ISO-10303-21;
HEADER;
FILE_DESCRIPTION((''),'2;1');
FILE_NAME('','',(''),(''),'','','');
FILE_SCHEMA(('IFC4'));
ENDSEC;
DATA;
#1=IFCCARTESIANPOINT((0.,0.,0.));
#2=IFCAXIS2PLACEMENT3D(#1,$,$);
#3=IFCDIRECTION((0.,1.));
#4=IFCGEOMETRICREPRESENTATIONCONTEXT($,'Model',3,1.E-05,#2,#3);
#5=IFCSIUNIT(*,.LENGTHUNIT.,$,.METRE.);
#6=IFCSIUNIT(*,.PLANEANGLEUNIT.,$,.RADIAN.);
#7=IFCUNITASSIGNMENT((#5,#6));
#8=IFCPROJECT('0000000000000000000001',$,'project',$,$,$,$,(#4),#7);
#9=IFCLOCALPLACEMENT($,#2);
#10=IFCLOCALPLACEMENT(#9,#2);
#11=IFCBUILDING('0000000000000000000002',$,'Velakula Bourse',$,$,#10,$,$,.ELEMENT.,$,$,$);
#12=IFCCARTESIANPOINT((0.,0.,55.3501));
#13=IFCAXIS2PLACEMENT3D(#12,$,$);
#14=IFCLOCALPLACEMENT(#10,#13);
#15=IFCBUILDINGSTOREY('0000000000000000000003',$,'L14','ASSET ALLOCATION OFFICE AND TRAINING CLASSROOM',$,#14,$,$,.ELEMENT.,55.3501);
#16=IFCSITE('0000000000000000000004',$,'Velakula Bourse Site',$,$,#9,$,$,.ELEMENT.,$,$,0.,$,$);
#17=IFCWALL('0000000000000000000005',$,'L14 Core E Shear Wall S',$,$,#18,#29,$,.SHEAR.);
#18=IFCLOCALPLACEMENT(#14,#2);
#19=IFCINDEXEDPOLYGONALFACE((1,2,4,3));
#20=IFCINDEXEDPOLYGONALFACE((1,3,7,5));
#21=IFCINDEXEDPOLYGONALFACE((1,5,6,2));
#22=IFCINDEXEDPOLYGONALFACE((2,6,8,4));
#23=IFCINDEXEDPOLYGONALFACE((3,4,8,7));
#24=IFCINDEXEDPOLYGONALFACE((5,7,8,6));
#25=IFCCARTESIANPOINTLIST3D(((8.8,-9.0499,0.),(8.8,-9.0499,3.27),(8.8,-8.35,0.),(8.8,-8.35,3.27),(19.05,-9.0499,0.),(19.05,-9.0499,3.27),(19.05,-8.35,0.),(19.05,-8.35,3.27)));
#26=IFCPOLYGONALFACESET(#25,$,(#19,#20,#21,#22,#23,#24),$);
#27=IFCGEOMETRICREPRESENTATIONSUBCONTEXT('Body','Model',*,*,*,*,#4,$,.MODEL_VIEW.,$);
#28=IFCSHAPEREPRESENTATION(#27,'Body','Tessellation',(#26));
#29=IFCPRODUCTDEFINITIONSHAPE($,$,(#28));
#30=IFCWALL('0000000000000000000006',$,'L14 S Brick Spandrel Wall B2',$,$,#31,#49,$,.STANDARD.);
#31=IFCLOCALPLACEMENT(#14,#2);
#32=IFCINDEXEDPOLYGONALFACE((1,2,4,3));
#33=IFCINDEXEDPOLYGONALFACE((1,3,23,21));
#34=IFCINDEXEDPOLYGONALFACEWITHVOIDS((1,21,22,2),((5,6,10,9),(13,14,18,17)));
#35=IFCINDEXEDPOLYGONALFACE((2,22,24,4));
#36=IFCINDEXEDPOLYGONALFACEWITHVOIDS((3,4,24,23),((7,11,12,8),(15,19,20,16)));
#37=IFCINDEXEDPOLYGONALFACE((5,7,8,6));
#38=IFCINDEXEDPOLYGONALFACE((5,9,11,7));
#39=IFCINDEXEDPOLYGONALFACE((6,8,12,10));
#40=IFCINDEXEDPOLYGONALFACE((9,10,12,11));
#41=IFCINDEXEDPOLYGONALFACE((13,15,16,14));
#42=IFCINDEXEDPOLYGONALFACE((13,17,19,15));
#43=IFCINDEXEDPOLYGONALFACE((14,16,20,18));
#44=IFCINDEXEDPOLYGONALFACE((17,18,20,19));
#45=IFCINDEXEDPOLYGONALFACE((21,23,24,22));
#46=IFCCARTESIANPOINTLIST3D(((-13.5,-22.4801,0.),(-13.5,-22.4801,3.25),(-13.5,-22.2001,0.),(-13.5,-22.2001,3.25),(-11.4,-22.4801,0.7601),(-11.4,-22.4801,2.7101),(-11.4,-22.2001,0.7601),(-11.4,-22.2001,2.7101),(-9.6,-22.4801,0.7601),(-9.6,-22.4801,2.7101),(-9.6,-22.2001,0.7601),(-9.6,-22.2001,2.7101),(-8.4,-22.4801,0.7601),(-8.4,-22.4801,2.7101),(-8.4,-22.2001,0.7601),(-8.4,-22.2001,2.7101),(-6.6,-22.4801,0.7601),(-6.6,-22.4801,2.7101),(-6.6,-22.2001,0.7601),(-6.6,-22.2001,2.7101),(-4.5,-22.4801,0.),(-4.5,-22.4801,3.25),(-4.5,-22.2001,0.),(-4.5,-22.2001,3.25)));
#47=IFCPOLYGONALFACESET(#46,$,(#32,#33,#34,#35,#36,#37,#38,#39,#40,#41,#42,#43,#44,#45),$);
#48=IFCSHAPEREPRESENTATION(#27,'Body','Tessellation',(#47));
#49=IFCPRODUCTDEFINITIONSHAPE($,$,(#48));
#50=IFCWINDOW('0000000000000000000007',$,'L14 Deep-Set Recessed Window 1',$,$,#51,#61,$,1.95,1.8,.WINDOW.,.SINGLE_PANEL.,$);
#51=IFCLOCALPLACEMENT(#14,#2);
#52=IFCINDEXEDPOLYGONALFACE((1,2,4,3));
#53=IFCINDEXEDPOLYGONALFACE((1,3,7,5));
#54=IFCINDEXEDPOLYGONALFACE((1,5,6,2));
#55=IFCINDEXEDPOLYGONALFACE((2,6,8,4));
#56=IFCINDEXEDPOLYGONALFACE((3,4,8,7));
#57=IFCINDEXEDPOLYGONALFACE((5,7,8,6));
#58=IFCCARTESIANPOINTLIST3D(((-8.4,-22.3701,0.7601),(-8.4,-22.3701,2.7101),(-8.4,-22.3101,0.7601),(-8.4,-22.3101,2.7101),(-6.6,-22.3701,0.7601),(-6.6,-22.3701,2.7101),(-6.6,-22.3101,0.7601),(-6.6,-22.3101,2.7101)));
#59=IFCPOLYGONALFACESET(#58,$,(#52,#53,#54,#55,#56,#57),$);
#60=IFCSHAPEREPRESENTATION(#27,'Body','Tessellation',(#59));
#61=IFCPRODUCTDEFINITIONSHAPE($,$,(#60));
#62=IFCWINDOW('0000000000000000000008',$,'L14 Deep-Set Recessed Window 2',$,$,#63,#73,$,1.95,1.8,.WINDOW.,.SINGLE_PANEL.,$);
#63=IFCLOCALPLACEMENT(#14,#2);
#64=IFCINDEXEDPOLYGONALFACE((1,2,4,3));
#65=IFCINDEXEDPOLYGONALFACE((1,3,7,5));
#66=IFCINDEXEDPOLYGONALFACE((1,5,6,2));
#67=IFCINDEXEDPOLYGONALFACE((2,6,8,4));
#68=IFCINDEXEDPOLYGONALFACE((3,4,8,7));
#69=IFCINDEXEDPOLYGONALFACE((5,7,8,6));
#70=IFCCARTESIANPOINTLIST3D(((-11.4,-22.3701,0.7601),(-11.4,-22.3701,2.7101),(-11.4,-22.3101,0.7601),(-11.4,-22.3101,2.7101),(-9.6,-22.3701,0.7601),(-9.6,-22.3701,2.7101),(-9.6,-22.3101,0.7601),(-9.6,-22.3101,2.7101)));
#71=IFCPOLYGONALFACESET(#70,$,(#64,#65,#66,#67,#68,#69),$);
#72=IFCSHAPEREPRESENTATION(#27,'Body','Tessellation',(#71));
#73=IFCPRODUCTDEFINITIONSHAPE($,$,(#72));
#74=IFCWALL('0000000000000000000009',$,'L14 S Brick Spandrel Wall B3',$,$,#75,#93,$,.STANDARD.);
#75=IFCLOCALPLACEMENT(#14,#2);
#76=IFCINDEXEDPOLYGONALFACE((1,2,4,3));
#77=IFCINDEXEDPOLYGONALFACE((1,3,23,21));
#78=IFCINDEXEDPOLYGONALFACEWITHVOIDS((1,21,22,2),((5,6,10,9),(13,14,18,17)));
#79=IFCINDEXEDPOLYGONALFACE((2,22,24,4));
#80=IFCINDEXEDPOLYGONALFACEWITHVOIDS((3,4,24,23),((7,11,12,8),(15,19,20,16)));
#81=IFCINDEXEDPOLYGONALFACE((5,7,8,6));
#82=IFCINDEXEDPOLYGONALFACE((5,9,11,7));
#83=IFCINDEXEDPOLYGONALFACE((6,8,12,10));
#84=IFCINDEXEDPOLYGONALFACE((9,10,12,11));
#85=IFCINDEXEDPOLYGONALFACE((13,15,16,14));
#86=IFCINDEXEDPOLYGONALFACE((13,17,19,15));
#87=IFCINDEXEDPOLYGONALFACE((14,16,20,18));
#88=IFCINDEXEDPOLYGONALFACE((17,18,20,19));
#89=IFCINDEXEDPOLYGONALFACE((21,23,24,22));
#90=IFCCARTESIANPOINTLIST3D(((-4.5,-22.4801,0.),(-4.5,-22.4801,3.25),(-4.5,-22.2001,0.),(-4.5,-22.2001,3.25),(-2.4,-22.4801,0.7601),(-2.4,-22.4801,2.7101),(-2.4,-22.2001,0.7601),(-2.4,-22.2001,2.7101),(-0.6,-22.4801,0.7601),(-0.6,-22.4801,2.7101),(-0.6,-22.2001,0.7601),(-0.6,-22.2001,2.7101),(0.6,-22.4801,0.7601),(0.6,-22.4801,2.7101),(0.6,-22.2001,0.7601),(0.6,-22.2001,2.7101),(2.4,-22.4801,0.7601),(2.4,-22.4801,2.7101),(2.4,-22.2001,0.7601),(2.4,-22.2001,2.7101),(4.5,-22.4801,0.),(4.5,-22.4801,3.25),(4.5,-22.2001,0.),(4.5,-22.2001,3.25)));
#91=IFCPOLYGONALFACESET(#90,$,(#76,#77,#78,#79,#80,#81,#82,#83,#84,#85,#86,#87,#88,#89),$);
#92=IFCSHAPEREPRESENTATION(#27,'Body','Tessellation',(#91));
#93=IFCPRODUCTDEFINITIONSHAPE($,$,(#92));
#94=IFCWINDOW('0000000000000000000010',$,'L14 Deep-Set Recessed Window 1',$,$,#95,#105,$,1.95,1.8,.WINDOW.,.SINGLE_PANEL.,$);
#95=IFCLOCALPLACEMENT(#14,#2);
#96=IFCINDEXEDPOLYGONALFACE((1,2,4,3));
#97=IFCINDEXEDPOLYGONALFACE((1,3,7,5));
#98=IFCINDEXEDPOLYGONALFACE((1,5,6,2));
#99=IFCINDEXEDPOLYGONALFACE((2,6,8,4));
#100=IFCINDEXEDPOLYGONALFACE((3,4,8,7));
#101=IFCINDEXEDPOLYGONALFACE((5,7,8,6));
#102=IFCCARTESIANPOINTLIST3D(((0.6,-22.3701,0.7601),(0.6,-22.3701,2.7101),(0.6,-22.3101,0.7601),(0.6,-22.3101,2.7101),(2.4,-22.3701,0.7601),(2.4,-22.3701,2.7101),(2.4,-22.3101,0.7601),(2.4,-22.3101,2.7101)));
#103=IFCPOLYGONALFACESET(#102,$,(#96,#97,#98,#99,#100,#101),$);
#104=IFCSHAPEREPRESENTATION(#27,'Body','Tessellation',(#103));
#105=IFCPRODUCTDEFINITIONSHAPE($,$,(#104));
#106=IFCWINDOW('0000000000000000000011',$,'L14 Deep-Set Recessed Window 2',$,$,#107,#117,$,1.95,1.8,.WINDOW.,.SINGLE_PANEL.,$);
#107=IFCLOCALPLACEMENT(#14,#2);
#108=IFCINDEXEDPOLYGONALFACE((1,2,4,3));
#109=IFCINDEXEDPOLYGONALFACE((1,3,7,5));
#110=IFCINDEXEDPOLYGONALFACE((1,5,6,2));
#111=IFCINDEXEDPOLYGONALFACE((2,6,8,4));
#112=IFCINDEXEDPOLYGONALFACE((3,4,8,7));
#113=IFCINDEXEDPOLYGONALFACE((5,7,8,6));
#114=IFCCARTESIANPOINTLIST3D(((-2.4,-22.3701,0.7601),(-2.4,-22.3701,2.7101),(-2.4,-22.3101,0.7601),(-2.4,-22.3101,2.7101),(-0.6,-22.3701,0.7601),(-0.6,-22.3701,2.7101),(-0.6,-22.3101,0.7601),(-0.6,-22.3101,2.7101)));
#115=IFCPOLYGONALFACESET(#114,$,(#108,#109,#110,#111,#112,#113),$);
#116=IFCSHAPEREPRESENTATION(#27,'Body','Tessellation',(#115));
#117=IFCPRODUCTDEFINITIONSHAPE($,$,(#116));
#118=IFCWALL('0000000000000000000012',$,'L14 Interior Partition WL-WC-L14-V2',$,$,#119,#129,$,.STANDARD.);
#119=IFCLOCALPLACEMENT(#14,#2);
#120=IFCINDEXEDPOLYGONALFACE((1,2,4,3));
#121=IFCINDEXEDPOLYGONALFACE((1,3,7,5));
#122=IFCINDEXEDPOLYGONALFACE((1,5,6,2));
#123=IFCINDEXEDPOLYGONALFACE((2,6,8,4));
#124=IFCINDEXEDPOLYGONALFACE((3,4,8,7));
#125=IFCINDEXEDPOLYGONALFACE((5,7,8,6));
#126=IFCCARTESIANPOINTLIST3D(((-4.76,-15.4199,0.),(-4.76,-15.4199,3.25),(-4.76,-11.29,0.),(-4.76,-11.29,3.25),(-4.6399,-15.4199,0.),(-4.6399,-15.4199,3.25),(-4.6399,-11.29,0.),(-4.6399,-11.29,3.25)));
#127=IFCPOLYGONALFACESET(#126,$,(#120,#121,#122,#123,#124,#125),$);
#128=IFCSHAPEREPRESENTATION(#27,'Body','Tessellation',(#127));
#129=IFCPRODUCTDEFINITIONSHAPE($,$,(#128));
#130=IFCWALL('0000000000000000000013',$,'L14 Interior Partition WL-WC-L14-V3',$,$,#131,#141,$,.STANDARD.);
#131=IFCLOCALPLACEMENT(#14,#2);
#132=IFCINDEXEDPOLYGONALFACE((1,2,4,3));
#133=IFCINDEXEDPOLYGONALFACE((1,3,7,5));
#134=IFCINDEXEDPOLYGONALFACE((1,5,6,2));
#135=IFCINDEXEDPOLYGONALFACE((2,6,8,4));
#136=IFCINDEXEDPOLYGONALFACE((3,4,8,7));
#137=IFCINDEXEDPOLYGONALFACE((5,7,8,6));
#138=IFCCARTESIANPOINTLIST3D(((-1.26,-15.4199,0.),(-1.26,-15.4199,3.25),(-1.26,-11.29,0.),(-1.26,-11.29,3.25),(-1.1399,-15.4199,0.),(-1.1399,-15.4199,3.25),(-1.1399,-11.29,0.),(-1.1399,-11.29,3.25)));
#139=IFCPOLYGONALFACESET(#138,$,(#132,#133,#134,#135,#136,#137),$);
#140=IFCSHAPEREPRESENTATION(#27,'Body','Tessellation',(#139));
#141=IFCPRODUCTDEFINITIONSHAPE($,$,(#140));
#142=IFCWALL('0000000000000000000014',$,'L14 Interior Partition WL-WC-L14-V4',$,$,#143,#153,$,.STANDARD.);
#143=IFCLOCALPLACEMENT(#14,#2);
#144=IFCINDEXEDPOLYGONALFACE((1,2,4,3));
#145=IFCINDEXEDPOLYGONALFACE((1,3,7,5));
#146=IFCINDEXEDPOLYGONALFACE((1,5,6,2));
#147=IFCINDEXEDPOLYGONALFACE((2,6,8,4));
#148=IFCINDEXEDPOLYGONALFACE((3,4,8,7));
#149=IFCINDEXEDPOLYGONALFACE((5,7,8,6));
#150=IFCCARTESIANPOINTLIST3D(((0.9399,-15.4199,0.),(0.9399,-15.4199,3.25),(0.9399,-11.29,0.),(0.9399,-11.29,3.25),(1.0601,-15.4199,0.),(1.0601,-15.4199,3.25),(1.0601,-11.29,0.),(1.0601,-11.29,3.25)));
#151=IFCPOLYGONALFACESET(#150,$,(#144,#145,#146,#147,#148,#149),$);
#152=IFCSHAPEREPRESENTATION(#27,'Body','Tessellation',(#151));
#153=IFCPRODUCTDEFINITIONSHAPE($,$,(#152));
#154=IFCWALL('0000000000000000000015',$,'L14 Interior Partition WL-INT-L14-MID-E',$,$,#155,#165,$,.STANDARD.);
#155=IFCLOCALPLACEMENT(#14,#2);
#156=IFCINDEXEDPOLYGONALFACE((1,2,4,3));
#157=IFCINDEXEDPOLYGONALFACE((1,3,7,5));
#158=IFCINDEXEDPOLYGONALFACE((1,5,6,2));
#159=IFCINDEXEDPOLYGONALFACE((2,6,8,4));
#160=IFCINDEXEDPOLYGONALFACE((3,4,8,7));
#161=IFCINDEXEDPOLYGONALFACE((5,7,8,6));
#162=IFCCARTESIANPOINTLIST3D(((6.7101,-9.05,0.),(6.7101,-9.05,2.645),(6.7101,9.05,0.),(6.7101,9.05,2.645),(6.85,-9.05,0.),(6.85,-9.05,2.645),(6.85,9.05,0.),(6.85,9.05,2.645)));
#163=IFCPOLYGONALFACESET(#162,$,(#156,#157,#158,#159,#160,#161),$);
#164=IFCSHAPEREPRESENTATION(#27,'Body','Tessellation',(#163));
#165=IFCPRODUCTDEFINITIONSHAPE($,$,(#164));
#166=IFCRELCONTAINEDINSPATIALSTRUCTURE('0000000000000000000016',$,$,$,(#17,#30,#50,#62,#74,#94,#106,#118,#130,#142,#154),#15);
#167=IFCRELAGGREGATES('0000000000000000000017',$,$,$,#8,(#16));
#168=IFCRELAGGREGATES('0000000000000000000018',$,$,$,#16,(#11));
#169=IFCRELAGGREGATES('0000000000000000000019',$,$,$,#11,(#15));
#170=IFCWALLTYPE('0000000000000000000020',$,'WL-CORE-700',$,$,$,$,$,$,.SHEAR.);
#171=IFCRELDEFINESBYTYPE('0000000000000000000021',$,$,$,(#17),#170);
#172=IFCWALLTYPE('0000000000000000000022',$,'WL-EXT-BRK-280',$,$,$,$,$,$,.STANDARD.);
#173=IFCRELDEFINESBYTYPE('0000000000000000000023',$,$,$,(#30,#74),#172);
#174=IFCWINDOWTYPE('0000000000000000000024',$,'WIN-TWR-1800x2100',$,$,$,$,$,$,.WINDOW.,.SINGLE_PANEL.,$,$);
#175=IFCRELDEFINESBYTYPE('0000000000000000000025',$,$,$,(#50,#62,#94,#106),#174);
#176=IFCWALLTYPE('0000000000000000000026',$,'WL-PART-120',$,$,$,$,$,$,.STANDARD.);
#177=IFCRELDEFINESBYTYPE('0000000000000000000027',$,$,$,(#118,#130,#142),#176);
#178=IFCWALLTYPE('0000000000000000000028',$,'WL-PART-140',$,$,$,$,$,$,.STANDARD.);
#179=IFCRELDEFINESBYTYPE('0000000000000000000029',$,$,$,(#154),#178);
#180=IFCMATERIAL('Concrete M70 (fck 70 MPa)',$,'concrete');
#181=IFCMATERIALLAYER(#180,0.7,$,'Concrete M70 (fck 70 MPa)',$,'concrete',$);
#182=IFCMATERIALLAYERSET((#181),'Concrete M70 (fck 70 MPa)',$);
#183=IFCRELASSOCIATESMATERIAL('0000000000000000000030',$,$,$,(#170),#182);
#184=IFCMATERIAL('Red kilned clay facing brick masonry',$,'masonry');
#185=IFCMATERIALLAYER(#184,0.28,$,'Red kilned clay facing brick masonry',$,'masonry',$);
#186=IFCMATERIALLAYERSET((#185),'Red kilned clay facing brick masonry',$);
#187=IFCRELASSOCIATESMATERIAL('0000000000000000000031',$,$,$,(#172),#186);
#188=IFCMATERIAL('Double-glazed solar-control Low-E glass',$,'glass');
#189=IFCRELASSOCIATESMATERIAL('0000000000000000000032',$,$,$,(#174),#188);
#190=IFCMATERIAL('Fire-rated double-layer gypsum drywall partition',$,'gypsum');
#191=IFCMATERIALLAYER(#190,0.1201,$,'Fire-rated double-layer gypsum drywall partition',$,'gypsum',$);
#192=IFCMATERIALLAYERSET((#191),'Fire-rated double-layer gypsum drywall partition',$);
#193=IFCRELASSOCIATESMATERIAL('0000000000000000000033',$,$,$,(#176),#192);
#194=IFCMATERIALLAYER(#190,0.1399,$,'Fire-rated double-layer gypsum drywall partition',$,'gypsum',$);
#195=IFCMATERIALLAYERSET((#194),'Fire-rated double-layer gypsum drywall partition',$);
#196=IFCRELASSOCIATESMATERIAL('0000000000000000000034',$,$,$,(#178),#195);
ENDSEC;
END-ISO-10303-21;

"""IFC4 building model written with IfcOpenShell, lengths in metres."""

from ifc_helpers import new_model, si_unit, direction, frame, frame_2d, origin, place, context, subcontext, project, spatial, rectangle, extrude, material, layer, layer_set, type_object, element, fill, save


model = new_model("IFC4")

# Units and contexts
model_context = context("Model", 3, precision=1e-05, world=origin(), true_north=direction((0.0, 1.0)))
body_context = subcontext(model_context, "Body", "Model", "MODEL_VIEW")
ifc_project = project(units=[si_unit("LENGTHUNIT", "METRE"), si_unit("PLANEANGLEUNIT", "RADIAN")], contexts=[model_context])

# Site, building, storey
site_placement = place(None, origin())
site = spatial("IfcSite", under=ifc_project, at=site_placement, Name="Velakula Bourse Site", CompositionType="ELEMENT", RefElevation=0.0)
building_placement = place(site_placement, origin())
building = spatial("IfcBuilding", under=site, at=building_placement, Name="Velakula Bourse", CompositionType="ELEMENT")
storey_placement = place(building_placement, frame((0.0, 0.0, 55.3501)))
storey = spatial("IfcBuildingStorey", under=building, at=storey_placement, Name="L14", Description="ASSET ALLOCATION OFFICE AND TRAINING CLASSROOM", CompositionType="ELEMENT", Elevation=55.3501)

# Shared definitions
ifc_material_1 = material(Name="Concrete M70 (fck 70 MPa)", Category="concrete")

# Wall
ifc_layer_1 = layer(ifc_material_1, 0.7, Name="Concrete M70 (fck 70 MPa)", Category="concrete")
ifc_layer_set_1 = layer_set([ifc_layer_1], Name="Concrete M70 (fck 70 MPa)")
wall_type_1 = type_object("IfcWallType", Name="WL-CORE-700", PredefinedType="SHEAR", material=ifc_layer_set_1)
wall_1_placement = place(storey_placement, frame((8.8, -8.7, 0.0), z_axis=(0.0, 0.0, 1.0), x_axis=(1.0, 0.0, 0.0)))
element("IfcWall", 1, at=wall_1_placement, inside=storey, type_object=wall_type_1, Name="L14 Core E Shear Wall S", PredefinedType="SHEAR", context=body_context, shape_type="SweptSolid", body=[
    extrude(rectangle(XDim=10.25, YDim=0.7, at=frame_2d((5.125, 0.0))), origin(), (0.0, 0.0, 1.0), 3.27),
])

# Walls, openings, windows
ifc_material_2 = material(Name="Red kilned clay facing brick masonry", Category="masonry")
ifc_layer_2 = layer(ifc_material_2, 0.28, Name="Red kilned clay facing brick masonry", Category="masonry")
ifc_layer_set_2 = layer_set([ifc_layer_2], Name="Red kilned clay facing brick masonry")
wall_type_2 = type_object("IfcWallType", Name="WL-EXT-BRK-280", PredefinedType="STANDARD", material=ifc_layer_set_2)
wall_2_placement = place(storey_placement, frame((-4.5, -22.3401, 0.0), z_axis=(0.0, 0.0, 1.0), x_axis=(-1.0, 0.0, 0.0)))
wall_2 = element("IfcWall", 2, at=wall_2_placement, inside=storey, type_object=wall_type_2, Name="L14 S Brick Spandrel Wall B2", PredefinedType="STANDARD", context=body_context, shape_type="SweptSolid", body=[
    extrude(rectangle(XDim=9.0, YDim=0.28, at=frame_2d((4.5, 0.0))), origin(), (0.0, 0.0, 1.0), 3.25),
])
opening_1_placement = place(wall_2_placement, frame((2.1001, 0.0, 0.76)))
opening_1 = element("IfcOpeningElement", 3, at=opening_1_placement, cuts=wall_2, PredefinedType="OPENING", context=body_context, shape_type="SweptSolid", body=[
    extrude(rectangle(XDim=1.8, YDim=1.95, at=frame_2d((0.8999, 0.9751))), frame((0.0, 0.1499, 0.0), z_axis=(0.0, -1.0, 0.0), x_axis=(1.0, 0.0, 0.0)), (0.0, 0.0, 1.0), 0.3),
])
opening_2_placement = place(wall_2_placement, frame((5.1001, 0.0, 0.76)))
opening_2 = element("IfcOpeningElement", 4, at=opening_2_placement, cuts=wall_2, PredefinedType="OPENING", context=body_context, shape_type="SweptSolid", body=[
    extrude(rectangle(XDim=1.8, YDim=1.95, at=frame_2d((0.8999, 0.9751))), frame((0.0, 0.1499, 0.0), z_axis=(0.0, -1.0, 0.0), x_axis=(1.0, 0.0, 0.0)), (0.0, 0.0, 1.0), 0.3),
])
ifc_material_3 = material(Name="Double-glazed solar-control Low-E glass", Category="glass")
window_type = type_object("IfcWindowType", Name="WIN-TWR-1800x2100", PartitioningType="SINGLE_PANEL", PredefinedType="WINDOW", material=ifc_material_3)
window_1_placement = place(opening_1_placement, origin())
window_1 = element("IfcWindow", 5, at=window_1_placement, inside=storey, type_object=window_type, Name="L14 Deep-Set Recessed Window 1", OverallHeight=1.95, OverallWidth=1.8, PartitioningType="SINGLE_PANEL", PredefinedType="WINDOW", context=body_context, shape_type="SweptSolid", body=[
    extrude(rectangle(XDim=1.8, YDim=1.95, at=frame_2d((0.8999, 0.9751))), frame((0.0, 0.03, 0.0), z_axis=(0.0, -1.0, 0.0), x_axis=(1.0, 0.0, 0.0)), (0.0, 0.0, 1.0), 0.0601),
])
fill(opening_1, window_1)
window_2_placement = place(opening_2_placement, origin())
window_2 = element("IfcWindow", 6, at=window_2_placement, inside=storey, type_object=window_type, Name="L14 Deep-Set Recessed Window 2", OverallHeight=1.95, OverallWidth=1.8, PartitioningType="SINGLE_PANEL", PredefinedType="WINDOW", context=body_context, shape_type="SweptSolid", body=[
    extrude(rectangle(XDim=1.8, YDim=1.95, at=frame_2d((0.8999, 0.9751))), frame((0.0, 0.03, 0.0), z_axis=(0.0, -1.0, 0.0), x_axis=(1.0, 0.0, 0.0)), (0.0, 0.0, 1.0), 0.0601),
])
fill(opening_2, window_2)
wall_3_placement = place(storey_placement, frame((4.5, -22.3401, 0.0), z_axis=(0.0, 0.0, 1.0), x_axis=(-1.0, 0.0, 0.0)))
wall_3 = element("IfcWall", 7, at=wall_3_placement, inside=storey, type_object=wall_type_2, Name="L14 S Brick Spandrel Wall B3", PredefinedType="STANDARD", context=body_context, shape_type="SweptSolid", body=[
    extrude(rectangle(XDim=9.0, YDim=0.28, at=frame_2d((4.5, 0.0))), origin(), (0.0, 0.0, 1.0), 3.25),
])
opening_3_placement = place(wall_3_placement, frame((2.1001, 0.0, 0.76)))
opening_3 = element("IfcOpeningElement", 8, at=opening_3_placement, cuts=wall_3, PredefinedType="OPENING", context=body_context, shape_type="SweptSolid", body=[
    extrude(rectangle(XDim=1.8, YDim=1.95, at=frame_2d((0.8999, 0.9751))), frame((0.0, 0.1499, 0.0), z_axis=(0.0, -1.0, 0.0), x_axis=(1.0, 0.0, 0.0)), (0.0, 0.0, 1.0), 0.3),
])
opening_4_placement = place(wall_3_placement, frame((5.1001, 0.0, 0.76)))
opening_4 = element("IfcOpeningElement", 9, at=opening_4_placement, cuts=wall_3, PredefinedType="OPENING", context=body_context, shape_type="SweptSolid", body=[
    extrude(rectangle(XDim=1.8, YDim=1.95, at=frame_2d((0.8999, 0.9751))), frame((0.0, 0.1499, 0.0), z_axis=(0.0, -1.0, 0.0), x_axis=(1.0, 0.0, 0.0)), (0.0, 0.0, 1.0), 0.3),
])
window_3_placement = place(opening_3_placement, origin())
window_3 = element("IfcWindow", 10, at=window_3_placement, inside=storey, type_object=window_type, Name="L14 Deep-Set Recessed Window 1", OverallHeight=1.95, OverallWidth=1.8, PartitioningType="SINGLE_PANEL", PredefinedType="WINDOW", context=body_context, shape_type="SweptSolid", body=[
    extrude(rectangle(XDim=1.8, YDim=1.95, at=frame_2d((0.8999, 0.9751))), frame((0.0, 0.03, 0.0), z_axis=(0.0, -1.0, 0.0), x_axis=(1.0, 0.0, 0.0)), (0.0, 0.0, 1.0), 0.0601),
])
fill(opening_3, window_3)
window_4_placement = place(opening_4_placement, origin())
window_4 = element("IfcWindow", 11, at=window_4_placement, inside=storey, type_object=window_type, Name="L14 Deep-Set Recessed Window 2", OverallHeight=1.95, OverallWidth=1.8, PartitioningType="SINGLE_PANEL", PredefinedType="WINDOW", context=body_context, shape_type="SweptSolid", body=[
    extrude(rectangle(XDim=1.8, YDim=1.95, at=frame_2d((0.8999, 0.9751))), frame((0.0, 0.03, 0.0), z_axis=(0.0, -1.0, 0.0), x_axis=(1.0, 0.0, 0.0)), (0.0, 0.0, 1.0), 0.0601),
])
fill(opening_4, window_4)

# Walls
ifc_material_4 = material(Name="Fire-rated double-layer gypsum drywall partition", Category="gypsum")
ifc_layer_3 = layer(ifc_material_4, 0.1201, Name="Fire-rated double-layer gypsum drywall partition", Category="gypsum")
ifc_layer_set_3 = layer_set([ifc_layer_3], Name="Fire-rated double-layer gypsum drywall partition")
wall_type_3 = type_object("IfcWallType", Name="WL-PART-120", PredefinedType="STANDARD", material=ifc_layer_set_3)
for number, where, z_axis, x_axis, name in (
    (12, (-4.7, -15.4199, 0.0), (0.0, 0.0, 1.0), (0.0, 1.0, 0.0), "L14 Interior Partition WL-WC-L14-V2"),
    (13, (-1.2, -15.4199, 0.0), (0.0, 0.0, 1.0), (0.0, 1.0, 0.0), "L14 Interior Partition WL-WC-L14-V3"),
    (14, (1.0, -15.4199, 0.0), (0.0, 0.0, 1.0), (0.0, 1.0, 0.0), "L14 Interior Partition WL-WC-L14-V4"),
):
    element("IfcWall", number, at=place(storey_placement, frame(where, z_axis=z_axis, x_axis=x_axis)), inside=storey, type_object=wall_type_3, Name=name, PredefinedType="STANDARD", context=body_context, shape_type="SweptSolid", body=[
        extrude(rectangle(XDim=4.1299, YDim=0.1201, at=frame_2d((2.0649, 0.0))), origin(), (0.0, 0.0, 1.0), 3.25),
    ])
ifc_layer_4 = layer(ifc_material_4, 0.1399, Name="Fire-rated double-layer gypsum drywall partition", Category="gypsum")
ifc_layer_set_4 = layer_set([ifc_layer_4], Name="Fire-rated double-layer gypsum drywall partition")
wall_type_4 = type_object("IfcWallType", Name="WL-PART-140", PredefinedType="STANDARD", material=ifc_layer_set_4)
wall_4_placement = place(storey_placement, frame((6.78, -9.05, 0.0), z_axis=(0.0, 0.0, 1.0), x_axis=(0.0, 1.0, 0.0)))
element("IfcWall", 15, at=wall_4_placement, inside=storey, type_object=wall_type_4, Name="L14 Interior Partition WL-INT-L14-MID-E", PredefinedType="STANDARD", context=body_context, shape_type="SweptSolid", body=[
    extrude(rectangle(XDim=18.1001, YDim=0.1399, at=frame_2d((9.05, 0.0))), origin(), (0.0, 0.0, 1.0), 2.645),
])

save(model, "model.ifc")
